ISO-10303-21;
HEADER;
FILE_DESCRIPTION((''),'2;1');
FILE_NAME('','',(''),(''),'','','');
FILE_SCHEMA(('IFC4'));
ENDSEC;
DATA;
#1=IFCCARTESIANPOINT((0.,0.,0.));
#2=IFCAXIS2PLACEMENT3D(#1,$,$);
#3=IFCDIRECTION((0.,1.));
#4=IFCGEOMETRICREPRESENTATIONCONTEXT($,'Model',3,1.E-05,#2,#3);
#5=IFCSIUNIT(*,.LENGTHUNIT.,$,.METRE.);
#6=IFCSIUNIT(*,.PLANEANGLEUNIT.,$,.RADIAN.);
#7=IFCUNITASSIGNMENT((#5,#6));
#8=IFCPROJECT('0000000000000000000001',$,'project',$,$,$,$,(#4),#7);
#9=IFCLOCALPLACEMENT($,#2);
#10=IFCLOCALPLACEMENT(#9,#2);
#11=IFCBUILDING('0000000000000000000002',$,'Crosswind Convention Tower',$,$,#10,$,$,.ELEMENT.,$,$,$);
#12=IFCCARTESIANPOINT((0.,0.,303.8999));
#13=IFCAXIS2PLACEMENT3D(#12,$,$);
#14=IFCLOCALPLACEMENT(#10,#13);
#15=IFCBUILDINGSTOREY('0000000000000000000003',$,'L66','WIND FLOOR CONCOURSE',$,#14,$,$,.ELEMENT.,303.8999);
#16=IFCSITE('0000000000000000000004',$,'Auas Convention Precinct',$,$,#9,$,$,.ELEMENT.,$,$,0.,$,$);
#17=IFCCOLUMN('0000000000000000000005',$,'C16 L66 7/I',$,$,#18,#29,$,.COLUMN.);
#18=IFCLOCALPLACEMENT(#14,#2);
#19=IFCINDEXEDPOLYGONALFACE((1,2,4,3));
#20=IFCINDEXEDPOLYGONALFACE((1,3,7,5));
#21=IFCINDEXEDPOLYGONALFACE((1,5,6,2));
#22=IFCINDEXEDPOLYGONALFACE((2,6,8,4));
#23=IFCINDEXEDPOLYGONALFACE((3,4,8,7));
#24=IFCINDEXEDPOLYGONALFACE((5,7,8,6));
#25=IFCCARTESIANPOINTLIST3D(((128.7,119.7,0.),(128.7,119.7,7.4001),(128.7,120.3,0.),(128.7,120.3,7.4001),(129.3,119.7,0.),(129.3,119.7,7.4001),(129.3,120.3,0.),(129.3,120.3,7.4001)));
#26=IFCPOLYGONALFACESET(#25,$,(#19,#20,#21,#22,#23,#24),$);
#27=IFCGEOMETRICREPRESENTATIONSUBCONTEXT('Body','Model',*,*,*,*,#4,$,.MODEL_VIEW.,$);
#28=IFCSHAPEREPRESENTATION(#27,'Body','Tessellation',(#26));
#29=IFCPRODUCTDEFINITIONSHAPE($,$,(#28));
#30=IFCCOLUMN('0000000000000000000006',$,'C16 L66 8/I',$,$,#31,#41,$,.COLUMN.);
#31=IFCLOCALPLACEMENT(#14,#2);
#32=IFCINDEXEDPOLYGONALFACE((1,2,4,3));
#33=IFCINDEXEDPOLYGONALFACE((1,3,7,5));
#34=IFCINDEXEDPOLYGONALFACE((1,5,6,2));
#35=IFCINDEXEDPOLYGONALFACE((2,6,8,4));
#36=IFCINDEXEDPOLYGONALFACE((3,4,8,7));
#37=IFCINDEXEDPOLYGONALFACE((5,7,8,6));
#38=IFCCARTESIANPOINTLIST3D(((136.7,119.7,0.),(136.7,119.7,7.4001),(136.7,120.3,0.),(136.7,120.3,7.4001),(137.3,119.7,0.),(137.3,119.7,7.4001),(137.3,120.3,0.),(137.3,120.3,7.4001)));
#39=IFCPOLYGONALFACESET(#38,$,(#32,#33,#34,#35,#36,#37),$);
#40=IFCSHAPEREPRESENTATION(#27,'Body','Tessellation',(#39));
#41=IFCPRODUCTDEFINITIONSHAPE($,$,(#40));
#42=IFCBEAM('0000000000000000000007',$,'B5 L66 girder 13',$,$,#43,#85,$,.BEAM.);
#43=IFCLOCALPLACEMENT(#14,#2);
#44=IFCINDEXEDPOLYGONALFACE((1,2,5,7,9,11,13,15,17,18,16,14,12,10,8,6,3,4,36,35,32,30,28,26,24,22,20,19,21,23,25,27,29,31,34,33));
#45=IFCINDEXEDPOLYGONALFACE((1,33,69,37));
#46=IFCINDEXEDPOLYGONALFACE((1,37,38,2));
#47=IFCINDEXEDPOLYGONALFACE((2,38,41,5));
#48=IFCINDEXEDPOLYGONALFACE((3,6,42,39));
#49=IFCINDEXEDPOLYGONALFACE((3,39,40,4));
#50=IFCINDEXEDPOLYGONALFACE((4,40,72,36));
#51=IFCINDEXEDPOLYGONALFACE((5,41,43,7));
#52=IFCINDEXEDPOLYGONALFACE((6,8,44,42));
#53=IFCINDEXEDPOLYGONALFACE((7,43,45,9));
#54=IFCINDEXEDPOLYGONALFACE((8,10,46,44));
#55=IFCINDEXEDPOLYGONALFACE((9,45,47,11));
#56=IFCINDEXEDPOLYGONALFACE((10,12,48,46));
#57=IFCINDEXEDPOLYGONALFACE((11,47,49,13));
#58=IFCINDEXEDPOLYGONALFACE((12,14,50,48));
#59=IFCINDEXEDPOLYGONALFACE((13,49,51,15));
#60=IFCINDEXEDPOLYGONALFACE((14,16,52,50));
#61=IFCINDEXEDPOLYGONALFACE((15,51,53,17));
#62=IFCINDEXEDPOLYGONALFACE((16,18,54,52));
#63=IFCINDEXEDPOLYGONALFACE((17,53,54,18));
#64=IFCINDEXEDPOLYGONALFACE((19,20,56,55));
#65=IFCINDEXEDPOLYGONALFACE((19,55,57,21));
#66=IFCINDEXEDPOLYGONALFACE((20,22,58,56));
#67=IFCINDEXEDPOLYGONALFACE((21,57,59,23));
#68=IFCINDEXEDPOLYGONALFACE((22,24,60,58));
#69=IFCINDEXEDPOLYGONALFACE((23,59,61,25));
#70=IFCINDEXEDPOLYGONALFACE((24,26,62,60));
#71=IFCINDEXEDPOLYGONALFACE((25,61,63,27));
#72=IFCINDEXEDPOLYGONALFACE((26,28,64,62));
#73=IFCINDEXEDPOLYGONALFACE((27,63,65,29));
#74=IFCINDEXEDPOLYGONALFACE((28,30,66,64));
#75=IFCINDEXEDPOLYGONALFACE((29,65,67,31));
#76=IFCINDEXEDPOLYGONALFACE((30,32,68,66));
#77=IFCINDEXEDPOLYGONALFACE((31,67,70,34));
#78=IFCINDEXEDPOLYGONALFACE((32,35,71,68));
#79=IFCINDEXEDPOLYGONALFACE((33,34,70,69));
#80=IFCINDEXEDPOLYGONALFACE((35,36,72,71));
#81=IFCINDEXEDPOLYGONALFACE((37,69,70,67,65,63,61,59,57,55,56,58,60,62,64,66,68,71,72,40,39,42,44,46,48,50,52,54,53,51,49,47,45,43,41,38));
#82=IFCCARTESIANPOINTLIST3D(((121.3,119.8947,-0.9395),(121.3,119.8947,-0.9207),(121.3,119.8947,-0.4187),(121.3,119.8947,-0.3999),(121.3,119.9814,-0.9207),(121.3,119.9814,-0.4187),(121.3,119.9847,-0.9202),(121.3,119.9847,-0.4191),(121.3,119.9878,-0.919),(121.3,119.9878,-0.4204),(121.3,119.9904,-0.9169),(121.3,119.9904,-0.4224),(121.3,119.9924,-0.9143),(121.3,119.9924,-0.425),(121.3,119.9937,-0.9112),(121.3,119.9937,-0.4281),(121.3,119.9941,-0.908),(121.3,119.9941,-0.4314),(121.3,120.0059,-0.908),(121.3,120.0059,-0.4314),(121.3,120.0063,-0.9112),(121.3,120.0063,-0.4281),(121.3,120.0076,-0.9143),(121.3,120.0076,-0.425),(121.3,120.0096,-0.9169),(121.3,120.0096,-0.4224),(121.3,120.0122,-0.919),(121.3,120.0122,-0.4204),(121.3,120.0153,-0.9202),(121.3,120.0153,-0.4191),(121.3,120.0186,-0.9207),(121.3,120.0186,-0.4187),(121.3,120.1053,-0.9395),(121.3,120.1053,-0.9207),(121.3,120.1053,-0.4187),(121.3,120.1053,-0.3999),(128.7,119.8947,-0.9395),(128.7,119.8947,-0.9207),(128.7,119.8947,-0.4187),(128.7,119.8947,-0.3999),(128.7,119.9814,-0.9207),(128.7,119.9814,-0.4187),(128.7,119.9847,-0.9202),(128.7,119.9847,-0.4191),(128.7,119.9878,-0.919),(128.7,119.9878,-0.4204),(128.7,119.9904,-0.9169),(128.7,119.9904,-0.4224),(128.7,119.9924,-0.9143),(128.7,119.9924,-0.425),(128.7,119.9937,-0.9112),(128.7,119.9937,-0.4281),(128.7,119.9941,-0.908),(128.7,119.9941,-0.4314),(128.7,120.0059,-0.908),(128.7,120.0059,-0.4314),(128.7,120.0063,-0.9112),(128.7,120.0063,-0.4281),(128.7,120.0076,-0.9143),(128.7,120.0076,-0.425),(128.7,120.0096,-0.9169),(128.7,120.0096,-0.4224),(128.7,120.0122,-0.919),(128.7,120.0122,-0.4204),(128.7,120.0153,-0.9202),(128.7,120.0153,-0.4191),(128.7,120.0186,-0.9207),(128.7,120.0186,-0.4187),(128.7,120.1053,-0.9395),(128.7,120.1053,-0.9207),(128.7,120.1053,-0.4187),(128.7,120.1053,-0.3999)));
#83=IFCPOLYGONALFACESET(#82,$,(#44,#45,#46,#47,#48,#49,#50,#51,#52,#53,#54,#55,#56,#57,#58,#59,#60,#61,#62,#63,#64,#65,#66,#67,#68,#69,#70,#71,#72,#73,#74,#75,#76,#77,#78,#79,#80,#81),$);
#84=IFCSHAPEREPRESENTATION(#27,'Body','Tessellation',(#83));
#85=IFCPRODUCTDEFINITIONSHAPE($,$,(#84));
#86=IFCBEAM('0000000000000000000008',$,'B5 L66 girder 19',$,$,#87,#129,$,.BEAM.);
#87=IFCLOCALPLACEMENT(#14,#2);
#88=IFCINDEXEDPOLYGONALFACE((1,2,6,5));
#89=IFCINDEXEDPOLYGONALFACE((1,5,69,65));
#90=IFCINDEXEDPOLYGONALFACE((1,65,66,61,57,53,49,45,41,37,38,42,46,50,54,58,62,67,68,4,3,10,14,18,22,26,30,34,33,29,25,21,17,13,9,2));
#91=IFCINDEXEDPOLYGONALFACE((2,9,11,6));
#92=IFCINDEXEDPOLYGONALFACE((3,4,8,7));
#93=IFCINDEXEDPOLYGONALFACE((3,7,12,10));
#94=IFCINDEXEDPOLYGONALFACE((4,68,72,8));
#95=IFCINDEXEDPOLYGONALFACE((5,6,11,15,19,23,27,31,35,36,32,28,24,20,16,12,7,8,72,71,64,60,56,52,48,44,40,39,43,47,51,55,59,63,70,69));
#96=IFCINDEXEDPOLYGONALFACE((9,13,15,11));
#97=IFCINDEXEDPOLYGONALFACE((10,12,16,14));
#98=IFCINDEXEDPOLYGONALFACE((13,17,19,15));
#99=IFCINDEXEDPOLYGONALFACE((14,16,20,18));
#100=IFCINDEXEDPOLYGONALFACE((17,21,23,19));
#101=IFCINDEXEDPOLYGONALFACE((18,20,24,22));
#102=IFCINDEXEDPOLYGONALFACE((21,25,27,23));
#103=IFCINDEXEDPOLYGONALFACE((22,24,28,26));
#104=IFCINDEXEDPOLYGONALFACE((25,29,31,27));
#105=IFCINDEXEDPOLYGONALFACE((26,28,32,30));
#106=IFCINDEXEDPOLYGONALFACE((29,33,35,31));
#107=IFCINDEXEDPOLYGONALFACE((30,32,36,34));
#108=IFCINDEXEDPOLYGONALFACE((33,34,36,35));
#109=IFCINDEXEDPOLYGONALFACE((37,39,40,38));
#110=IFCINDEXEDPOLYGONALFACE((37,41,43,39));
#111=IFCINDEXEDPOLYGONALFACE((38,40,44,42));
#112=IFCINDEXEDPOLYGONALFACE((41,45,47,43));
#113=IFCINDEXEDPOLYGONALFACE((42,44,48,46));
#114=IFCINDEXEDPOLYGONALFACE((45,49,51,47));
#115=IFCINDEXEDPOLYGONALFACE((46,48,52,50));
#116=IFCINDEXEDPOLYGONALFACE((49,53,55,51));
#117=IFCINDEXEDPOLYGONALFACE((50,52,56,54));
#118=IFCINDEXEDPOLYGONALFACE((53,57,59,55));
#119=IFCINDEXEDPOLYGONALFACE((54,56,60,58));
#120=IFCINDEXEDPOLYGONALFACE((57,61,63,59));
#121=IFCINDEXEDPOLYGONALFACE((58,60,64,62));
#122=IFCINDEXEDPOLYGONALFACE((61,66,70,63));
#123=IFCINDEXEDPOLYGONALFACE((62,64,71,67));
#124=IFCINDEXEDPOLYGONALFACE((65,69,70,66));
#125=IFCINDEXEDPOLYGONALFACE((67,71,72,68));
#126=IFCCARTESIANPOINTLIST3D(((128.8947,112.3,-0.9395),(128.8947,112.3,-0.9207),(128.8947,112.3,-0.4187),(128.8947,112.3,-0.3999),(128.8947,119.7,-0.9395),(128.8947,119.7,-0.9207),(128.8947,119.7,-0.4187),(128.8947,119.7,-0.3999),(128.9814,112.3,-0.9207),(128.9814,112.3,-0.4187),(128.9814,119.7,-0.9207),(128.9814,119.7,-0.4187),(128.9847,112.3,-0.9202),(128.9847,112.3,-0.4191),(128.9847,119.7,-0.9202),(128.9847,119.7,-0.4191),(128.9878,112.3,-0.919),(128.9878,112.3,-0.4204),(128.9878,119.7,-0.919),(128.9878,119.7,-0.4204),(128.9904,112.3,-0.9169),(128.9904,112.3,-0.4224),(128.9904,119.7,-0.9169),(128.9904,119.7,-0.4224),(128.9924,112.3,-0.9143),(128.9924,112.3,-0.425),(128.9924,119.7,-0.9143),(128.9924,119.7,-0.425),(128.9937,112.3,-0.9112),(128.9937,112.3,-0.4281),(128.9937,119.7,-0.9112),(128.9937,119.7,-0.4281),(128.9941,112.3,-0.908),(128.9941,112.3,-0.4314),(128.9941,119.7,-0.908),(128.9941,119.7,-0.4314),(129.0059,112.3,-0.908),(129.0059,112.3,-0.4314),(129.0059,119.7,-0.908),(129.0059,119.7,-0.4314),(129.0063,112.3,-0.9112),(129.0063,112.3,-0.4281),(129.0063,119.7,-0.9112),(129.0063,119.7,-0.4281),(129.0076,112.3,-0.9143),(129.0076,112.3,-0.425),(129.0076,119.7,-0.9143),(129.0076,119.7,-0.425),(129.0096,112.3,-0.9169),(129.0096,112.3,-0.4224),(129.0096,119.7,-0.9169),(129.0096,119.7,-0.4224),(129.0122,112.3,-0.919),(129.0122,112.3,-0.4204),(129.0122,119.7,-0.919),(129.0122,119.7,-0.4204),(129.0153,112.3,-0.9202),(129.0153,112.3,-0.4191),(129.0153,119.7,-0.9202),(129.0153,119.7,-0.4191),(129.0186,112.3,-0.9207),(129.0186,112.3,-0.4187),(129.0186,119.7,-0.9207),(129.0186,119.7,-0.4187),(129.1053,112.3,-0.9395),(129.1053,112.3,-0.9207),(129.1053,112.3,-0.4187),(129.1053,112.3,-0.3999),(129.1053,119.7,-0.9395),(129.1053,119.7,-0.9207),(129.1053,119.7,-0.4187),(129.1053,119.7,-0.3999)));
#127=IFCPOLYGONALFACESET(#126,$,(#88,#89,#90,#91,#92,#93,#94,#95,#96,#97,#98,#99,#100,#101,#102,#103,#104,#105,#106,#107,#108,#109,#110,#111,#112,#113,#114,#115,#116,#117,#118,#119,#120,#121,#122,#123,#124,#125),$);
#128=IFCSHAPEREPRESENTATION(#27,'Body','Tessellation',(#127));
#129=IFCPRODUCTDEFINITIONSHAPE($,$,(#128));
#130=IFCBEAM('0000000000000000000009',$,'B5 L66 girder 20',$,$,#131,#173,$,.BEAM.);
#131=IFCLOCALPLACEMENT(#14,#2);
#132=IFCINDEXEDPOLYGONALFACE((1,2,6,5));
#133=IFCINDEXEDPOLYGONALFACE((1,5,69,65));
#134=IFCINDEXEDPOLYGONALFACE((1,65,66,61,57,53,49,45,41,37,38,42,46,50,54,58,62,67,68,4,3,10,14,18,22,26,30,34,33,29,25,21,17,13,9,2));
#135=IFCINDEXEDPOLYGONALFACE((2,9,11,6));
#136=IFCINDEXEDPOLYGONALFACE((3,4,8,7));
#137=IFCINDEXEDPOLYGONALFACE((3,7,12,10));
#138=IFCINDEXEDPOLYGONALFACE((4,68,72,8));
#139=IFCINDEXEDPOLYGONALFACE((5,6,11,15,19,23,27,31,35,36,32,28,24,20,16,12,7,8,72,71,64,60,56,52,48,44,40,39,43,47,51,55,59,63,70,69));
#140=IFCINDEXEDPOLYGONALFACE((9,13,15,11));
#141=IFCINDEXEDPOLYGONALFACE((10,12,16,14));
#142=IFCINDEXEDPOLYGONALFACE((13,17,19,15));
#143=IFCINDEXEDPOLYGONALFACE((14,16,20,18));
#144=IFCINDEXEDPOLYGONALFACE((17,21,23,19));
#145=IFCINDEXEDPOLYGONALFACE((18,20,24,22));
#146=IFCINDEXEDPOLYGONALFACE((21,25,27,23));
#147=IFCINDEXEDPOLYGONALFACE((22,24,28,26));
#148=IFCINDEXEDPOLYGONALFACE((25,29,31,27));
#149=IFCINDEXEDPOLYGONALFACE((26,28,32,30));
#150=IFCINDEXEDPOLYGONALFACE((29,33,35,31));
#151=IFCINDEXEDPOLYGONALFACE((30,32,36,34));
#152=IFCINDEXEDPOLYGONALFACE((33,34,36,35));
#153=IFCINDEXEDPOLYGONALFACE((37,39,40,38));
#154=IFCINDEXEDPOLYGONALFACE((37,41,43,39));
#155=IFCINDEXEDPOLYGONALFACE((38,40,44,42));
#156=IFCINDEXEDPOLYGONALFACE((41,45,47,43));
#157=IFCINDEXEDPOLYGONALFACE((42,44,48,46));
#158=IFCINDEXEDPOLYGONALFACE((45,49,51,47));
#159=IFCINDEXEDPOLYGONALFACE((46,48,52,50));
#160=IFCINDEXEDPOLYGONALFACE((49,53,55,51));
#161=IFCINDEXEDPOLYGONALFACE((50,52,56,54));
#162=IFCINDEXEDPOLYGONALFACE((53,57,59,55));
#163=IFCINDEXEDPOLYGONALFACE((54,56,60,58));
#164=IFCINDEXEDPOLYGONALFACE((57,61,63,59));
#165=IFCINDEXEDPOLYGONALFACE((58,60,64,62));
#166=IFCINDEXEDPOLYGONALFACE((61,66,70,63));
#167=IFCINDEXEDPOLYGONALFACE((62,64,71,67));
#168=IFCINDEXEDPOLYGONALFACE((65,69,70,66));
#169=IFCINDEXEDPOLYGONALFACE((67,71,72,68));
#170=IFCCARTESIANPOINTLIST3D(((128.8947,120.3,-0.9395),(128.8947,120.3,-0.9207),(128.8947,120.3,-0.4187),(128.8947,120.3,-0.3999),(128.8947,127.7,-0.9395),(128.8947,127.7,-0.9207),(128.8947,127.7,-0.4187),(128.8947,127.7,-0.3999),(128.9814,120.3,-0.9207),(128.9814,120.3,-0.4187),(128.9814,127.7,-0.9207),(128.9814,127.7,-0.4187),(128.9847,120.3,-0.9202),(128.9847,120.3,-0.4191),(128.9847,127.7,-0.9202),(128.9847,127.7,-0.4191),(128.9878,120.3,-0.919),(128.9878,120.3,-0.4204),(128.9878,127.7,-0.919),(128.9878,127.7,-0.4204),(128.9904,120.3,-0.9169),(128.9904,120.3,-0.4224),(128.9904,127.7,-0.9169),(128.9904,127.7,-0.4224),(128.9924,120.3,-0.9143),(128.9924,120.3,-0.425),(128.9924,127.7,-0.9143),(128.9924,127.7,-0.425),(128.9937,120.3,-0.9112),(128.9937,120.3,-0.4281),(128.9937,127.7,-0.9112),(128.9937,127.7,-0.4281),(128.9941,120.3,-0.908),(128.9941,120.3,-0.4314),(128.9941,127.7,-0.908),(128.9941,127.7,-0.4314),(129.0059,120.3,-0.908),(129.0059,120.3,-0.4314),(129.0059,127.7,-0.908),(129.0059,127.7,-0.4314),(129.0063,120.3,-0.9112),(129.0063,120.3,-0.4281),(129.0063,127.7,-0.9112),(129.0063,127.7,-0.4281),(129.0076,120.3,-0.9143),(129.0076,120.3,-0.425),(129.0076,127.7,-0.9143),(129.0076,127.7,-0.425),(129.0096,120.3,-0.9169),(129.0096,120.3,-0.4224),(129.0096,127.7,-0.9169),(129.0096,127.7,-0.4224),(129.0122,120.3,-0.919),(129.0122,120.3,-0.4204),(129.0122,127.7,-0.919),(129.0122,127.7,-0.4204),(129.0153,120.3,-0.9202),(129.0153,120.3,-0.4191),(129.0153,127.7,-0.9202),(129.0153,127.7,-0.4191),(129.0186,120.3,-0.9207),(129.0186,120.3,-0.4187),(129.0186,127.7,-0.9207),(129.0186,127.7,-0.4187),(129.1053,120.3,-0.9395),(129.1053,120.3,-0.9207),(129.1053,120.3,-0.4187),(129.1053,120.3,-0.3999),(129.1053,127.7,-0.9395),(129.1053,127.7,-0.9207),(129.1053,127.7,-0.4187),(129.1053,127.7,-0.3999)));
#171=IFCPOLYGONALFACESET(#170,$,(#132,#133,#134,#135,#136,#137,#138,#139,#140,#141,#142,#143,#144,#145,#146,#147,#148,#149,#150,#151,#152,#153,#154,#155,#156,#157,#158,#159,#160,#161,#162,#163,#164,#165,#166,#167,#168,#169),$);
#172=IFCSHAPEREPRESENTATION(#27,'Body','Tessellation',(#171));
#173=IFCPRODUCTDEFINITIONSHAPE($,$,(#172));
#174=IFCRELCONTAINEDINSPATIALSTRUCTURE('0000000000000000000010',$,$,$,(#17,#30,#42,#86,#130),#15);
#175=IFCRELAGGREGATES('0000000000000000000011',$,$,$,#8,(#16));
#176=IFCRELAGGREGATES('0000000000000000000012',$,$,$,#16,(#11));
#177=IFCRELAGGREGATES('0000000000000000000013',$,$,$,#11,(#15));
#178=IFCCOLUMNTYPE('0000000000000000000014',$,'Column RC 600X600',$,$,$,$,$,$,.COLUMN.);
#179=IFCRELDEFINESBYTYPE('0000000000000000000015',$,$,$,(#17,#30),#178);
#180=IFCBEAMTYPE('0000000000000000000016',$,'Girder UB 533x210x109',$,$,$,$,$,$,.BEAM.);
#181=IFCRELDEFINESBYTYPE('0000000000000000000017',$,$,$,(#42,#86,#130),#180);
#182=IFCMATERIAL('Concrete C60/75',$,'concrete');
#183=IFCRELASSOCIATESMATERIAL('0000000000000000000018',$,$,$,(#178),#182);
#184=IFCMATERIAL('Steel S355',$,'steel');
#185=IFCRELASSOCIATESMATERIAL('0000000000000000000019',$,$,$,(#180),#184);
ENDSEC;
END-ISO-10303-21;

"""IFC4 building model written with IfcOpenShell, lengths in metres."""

from ifc_helpers import new_model, si_unit, direction, frame, origin, origin_2d, place, context, subcontext, project, spatial, rectangle, i_section, extrude, material, material_profile, profile_set, type_object, element, save


model = new_model("IFC4")

# Units and contexts
model_context = context("Model", 3, precision=1e-05, world=origin(), true_north=direction((0.0, 1.0)))
body_context = subcontext(model_context, "Body", "Model", "MODEL_VIEW")
ifc_project = project(units=[si_unit("LENGTHUNIT", "METRE"), si_unit("PLANEANGLEUNIT", "RADIAN")], contexts=[model_context])

# Site, building, storey
site_placement = place(None, origin())
site = spatial("IfcSite", under=ifc_project, at=site_placement, Name="Auas Convention Precinct", CompositionType="ELEMENT", RefElevation=0.0)
building_placement = place(site_placement, origin())
building = spatial("IfcBuilding", under=site, at=building_placement, Name="Crosswind Convention Tower", CompositionType="ELEMENT")
storey_placement = place(building_placement, frame((0.0, 0.0, 303.8999)))
storey = spatial("IfcBuildingStorey", under=building, at=storey_placement, Name="L66", Description="WIND FLOOR CONCOURSE", CompositionType="ELEMENT", Elevation=303.8999)

# Columns
ifc_material_1 = material(Name="Concrete C60/75", Category="concrete")
ifc_material_profile_1 = material_profile(ifc_material_1, rectangle(XDim=0.6001, YDim=0.6001, at=origin_2d()), Name="RC 600X600")
ifc_profile_set_1 = profile_set([ifc_material_profile_1], Name="Concrete C60/75")
column_type = type_object("IfcColumnType", Name="Column RC 600X600", PredefinedType="COLUMN", material=ifc_profile_set_1)
for number, where, z_axis, x_axis, name in (
    (1, (129.0, 120.0, 0.0), (0.0, 0.0, 1.0), (1.0, 0.0, 0.0), "C16 L66 7/I"),
    (2, (137.0, 120.0, 0.0), (0.0, 0.0, 1.0), (1.0, 0.0, 0.0), "C16 L66 8/I"),
):
    element("IfcColumn", number, at=place(storey_placement, frame(where, z_axis=z_axis, x_axis=x_axis)), inside=storey, type_object=column_type, Name=name, PredefinedType="COLUMN", context=body_context, shape_type="SweptSolid", body=[
        extrude(rectangle(XDim=0.6001, YDim=0.6001, at=origin_2d()), origin(), (0.0, 0.0, 1.0), 7.4001),
    ])

# Beams
ifc_material_2 = material(Name="Steel S355", Category="steel")
ifc_material_profile_2 = material_profile(ifc_material_2, i_section(OverallWidth=0.2107, OverallDepth=0.5396, WebThickness=0.0117, FlangeThickness=0.0188, FilletRadius=0.0127, at=origin_2d()), Name="UB 533x210x109")
ifc_profile_set_2 = profile_set([ifc_material_profile_2], Name="Steel S355")
beam_type_1 = type_object("IfcBeamType", Name="Girder UB 533x210x109", PredefinedType="BEAM", material=ifc_profile_set_2)
for number, where, z_axis, x_axis, name in (
    (3, (121.3, 120.0, -0.6697), (1.0, 0.0, 0.0), (0.0, 1.0, 0.0), "B5 L66 girder 13"),
    (4, (129.0, 112.3, -0.6697), (0.0, 1.0, 0.0), (-1.0, 0.0, 0.0), "B5 L66 girder 19"),
    (5, (129.0, 120.3, -0.6697), (0.0, 1.0, 0.0), (-1.0, 0.0, 0.0), "B5 L66 girder 20"),
):
    element("IfcBeam", number, at=place(storey_placement, frame(where, z_axis=z_axis, x_axis=x_axis)), inside=storey, type_object=beam_type_1, Name=name, PredefinedType="BEAM", context=body_context, shape_type="SweptSolid", body=[
        extrude(i_section(OverallWidth=0.2107, OverallDepth=0.5396, WebThickness=0.0117, FlangeThickness=0.0188, FilletRadius=0.0127, at=origin_2d()), origin(), (0.0, 0.0, 1.0), 7.3999),
    ])

save(model, "model.ifc")
